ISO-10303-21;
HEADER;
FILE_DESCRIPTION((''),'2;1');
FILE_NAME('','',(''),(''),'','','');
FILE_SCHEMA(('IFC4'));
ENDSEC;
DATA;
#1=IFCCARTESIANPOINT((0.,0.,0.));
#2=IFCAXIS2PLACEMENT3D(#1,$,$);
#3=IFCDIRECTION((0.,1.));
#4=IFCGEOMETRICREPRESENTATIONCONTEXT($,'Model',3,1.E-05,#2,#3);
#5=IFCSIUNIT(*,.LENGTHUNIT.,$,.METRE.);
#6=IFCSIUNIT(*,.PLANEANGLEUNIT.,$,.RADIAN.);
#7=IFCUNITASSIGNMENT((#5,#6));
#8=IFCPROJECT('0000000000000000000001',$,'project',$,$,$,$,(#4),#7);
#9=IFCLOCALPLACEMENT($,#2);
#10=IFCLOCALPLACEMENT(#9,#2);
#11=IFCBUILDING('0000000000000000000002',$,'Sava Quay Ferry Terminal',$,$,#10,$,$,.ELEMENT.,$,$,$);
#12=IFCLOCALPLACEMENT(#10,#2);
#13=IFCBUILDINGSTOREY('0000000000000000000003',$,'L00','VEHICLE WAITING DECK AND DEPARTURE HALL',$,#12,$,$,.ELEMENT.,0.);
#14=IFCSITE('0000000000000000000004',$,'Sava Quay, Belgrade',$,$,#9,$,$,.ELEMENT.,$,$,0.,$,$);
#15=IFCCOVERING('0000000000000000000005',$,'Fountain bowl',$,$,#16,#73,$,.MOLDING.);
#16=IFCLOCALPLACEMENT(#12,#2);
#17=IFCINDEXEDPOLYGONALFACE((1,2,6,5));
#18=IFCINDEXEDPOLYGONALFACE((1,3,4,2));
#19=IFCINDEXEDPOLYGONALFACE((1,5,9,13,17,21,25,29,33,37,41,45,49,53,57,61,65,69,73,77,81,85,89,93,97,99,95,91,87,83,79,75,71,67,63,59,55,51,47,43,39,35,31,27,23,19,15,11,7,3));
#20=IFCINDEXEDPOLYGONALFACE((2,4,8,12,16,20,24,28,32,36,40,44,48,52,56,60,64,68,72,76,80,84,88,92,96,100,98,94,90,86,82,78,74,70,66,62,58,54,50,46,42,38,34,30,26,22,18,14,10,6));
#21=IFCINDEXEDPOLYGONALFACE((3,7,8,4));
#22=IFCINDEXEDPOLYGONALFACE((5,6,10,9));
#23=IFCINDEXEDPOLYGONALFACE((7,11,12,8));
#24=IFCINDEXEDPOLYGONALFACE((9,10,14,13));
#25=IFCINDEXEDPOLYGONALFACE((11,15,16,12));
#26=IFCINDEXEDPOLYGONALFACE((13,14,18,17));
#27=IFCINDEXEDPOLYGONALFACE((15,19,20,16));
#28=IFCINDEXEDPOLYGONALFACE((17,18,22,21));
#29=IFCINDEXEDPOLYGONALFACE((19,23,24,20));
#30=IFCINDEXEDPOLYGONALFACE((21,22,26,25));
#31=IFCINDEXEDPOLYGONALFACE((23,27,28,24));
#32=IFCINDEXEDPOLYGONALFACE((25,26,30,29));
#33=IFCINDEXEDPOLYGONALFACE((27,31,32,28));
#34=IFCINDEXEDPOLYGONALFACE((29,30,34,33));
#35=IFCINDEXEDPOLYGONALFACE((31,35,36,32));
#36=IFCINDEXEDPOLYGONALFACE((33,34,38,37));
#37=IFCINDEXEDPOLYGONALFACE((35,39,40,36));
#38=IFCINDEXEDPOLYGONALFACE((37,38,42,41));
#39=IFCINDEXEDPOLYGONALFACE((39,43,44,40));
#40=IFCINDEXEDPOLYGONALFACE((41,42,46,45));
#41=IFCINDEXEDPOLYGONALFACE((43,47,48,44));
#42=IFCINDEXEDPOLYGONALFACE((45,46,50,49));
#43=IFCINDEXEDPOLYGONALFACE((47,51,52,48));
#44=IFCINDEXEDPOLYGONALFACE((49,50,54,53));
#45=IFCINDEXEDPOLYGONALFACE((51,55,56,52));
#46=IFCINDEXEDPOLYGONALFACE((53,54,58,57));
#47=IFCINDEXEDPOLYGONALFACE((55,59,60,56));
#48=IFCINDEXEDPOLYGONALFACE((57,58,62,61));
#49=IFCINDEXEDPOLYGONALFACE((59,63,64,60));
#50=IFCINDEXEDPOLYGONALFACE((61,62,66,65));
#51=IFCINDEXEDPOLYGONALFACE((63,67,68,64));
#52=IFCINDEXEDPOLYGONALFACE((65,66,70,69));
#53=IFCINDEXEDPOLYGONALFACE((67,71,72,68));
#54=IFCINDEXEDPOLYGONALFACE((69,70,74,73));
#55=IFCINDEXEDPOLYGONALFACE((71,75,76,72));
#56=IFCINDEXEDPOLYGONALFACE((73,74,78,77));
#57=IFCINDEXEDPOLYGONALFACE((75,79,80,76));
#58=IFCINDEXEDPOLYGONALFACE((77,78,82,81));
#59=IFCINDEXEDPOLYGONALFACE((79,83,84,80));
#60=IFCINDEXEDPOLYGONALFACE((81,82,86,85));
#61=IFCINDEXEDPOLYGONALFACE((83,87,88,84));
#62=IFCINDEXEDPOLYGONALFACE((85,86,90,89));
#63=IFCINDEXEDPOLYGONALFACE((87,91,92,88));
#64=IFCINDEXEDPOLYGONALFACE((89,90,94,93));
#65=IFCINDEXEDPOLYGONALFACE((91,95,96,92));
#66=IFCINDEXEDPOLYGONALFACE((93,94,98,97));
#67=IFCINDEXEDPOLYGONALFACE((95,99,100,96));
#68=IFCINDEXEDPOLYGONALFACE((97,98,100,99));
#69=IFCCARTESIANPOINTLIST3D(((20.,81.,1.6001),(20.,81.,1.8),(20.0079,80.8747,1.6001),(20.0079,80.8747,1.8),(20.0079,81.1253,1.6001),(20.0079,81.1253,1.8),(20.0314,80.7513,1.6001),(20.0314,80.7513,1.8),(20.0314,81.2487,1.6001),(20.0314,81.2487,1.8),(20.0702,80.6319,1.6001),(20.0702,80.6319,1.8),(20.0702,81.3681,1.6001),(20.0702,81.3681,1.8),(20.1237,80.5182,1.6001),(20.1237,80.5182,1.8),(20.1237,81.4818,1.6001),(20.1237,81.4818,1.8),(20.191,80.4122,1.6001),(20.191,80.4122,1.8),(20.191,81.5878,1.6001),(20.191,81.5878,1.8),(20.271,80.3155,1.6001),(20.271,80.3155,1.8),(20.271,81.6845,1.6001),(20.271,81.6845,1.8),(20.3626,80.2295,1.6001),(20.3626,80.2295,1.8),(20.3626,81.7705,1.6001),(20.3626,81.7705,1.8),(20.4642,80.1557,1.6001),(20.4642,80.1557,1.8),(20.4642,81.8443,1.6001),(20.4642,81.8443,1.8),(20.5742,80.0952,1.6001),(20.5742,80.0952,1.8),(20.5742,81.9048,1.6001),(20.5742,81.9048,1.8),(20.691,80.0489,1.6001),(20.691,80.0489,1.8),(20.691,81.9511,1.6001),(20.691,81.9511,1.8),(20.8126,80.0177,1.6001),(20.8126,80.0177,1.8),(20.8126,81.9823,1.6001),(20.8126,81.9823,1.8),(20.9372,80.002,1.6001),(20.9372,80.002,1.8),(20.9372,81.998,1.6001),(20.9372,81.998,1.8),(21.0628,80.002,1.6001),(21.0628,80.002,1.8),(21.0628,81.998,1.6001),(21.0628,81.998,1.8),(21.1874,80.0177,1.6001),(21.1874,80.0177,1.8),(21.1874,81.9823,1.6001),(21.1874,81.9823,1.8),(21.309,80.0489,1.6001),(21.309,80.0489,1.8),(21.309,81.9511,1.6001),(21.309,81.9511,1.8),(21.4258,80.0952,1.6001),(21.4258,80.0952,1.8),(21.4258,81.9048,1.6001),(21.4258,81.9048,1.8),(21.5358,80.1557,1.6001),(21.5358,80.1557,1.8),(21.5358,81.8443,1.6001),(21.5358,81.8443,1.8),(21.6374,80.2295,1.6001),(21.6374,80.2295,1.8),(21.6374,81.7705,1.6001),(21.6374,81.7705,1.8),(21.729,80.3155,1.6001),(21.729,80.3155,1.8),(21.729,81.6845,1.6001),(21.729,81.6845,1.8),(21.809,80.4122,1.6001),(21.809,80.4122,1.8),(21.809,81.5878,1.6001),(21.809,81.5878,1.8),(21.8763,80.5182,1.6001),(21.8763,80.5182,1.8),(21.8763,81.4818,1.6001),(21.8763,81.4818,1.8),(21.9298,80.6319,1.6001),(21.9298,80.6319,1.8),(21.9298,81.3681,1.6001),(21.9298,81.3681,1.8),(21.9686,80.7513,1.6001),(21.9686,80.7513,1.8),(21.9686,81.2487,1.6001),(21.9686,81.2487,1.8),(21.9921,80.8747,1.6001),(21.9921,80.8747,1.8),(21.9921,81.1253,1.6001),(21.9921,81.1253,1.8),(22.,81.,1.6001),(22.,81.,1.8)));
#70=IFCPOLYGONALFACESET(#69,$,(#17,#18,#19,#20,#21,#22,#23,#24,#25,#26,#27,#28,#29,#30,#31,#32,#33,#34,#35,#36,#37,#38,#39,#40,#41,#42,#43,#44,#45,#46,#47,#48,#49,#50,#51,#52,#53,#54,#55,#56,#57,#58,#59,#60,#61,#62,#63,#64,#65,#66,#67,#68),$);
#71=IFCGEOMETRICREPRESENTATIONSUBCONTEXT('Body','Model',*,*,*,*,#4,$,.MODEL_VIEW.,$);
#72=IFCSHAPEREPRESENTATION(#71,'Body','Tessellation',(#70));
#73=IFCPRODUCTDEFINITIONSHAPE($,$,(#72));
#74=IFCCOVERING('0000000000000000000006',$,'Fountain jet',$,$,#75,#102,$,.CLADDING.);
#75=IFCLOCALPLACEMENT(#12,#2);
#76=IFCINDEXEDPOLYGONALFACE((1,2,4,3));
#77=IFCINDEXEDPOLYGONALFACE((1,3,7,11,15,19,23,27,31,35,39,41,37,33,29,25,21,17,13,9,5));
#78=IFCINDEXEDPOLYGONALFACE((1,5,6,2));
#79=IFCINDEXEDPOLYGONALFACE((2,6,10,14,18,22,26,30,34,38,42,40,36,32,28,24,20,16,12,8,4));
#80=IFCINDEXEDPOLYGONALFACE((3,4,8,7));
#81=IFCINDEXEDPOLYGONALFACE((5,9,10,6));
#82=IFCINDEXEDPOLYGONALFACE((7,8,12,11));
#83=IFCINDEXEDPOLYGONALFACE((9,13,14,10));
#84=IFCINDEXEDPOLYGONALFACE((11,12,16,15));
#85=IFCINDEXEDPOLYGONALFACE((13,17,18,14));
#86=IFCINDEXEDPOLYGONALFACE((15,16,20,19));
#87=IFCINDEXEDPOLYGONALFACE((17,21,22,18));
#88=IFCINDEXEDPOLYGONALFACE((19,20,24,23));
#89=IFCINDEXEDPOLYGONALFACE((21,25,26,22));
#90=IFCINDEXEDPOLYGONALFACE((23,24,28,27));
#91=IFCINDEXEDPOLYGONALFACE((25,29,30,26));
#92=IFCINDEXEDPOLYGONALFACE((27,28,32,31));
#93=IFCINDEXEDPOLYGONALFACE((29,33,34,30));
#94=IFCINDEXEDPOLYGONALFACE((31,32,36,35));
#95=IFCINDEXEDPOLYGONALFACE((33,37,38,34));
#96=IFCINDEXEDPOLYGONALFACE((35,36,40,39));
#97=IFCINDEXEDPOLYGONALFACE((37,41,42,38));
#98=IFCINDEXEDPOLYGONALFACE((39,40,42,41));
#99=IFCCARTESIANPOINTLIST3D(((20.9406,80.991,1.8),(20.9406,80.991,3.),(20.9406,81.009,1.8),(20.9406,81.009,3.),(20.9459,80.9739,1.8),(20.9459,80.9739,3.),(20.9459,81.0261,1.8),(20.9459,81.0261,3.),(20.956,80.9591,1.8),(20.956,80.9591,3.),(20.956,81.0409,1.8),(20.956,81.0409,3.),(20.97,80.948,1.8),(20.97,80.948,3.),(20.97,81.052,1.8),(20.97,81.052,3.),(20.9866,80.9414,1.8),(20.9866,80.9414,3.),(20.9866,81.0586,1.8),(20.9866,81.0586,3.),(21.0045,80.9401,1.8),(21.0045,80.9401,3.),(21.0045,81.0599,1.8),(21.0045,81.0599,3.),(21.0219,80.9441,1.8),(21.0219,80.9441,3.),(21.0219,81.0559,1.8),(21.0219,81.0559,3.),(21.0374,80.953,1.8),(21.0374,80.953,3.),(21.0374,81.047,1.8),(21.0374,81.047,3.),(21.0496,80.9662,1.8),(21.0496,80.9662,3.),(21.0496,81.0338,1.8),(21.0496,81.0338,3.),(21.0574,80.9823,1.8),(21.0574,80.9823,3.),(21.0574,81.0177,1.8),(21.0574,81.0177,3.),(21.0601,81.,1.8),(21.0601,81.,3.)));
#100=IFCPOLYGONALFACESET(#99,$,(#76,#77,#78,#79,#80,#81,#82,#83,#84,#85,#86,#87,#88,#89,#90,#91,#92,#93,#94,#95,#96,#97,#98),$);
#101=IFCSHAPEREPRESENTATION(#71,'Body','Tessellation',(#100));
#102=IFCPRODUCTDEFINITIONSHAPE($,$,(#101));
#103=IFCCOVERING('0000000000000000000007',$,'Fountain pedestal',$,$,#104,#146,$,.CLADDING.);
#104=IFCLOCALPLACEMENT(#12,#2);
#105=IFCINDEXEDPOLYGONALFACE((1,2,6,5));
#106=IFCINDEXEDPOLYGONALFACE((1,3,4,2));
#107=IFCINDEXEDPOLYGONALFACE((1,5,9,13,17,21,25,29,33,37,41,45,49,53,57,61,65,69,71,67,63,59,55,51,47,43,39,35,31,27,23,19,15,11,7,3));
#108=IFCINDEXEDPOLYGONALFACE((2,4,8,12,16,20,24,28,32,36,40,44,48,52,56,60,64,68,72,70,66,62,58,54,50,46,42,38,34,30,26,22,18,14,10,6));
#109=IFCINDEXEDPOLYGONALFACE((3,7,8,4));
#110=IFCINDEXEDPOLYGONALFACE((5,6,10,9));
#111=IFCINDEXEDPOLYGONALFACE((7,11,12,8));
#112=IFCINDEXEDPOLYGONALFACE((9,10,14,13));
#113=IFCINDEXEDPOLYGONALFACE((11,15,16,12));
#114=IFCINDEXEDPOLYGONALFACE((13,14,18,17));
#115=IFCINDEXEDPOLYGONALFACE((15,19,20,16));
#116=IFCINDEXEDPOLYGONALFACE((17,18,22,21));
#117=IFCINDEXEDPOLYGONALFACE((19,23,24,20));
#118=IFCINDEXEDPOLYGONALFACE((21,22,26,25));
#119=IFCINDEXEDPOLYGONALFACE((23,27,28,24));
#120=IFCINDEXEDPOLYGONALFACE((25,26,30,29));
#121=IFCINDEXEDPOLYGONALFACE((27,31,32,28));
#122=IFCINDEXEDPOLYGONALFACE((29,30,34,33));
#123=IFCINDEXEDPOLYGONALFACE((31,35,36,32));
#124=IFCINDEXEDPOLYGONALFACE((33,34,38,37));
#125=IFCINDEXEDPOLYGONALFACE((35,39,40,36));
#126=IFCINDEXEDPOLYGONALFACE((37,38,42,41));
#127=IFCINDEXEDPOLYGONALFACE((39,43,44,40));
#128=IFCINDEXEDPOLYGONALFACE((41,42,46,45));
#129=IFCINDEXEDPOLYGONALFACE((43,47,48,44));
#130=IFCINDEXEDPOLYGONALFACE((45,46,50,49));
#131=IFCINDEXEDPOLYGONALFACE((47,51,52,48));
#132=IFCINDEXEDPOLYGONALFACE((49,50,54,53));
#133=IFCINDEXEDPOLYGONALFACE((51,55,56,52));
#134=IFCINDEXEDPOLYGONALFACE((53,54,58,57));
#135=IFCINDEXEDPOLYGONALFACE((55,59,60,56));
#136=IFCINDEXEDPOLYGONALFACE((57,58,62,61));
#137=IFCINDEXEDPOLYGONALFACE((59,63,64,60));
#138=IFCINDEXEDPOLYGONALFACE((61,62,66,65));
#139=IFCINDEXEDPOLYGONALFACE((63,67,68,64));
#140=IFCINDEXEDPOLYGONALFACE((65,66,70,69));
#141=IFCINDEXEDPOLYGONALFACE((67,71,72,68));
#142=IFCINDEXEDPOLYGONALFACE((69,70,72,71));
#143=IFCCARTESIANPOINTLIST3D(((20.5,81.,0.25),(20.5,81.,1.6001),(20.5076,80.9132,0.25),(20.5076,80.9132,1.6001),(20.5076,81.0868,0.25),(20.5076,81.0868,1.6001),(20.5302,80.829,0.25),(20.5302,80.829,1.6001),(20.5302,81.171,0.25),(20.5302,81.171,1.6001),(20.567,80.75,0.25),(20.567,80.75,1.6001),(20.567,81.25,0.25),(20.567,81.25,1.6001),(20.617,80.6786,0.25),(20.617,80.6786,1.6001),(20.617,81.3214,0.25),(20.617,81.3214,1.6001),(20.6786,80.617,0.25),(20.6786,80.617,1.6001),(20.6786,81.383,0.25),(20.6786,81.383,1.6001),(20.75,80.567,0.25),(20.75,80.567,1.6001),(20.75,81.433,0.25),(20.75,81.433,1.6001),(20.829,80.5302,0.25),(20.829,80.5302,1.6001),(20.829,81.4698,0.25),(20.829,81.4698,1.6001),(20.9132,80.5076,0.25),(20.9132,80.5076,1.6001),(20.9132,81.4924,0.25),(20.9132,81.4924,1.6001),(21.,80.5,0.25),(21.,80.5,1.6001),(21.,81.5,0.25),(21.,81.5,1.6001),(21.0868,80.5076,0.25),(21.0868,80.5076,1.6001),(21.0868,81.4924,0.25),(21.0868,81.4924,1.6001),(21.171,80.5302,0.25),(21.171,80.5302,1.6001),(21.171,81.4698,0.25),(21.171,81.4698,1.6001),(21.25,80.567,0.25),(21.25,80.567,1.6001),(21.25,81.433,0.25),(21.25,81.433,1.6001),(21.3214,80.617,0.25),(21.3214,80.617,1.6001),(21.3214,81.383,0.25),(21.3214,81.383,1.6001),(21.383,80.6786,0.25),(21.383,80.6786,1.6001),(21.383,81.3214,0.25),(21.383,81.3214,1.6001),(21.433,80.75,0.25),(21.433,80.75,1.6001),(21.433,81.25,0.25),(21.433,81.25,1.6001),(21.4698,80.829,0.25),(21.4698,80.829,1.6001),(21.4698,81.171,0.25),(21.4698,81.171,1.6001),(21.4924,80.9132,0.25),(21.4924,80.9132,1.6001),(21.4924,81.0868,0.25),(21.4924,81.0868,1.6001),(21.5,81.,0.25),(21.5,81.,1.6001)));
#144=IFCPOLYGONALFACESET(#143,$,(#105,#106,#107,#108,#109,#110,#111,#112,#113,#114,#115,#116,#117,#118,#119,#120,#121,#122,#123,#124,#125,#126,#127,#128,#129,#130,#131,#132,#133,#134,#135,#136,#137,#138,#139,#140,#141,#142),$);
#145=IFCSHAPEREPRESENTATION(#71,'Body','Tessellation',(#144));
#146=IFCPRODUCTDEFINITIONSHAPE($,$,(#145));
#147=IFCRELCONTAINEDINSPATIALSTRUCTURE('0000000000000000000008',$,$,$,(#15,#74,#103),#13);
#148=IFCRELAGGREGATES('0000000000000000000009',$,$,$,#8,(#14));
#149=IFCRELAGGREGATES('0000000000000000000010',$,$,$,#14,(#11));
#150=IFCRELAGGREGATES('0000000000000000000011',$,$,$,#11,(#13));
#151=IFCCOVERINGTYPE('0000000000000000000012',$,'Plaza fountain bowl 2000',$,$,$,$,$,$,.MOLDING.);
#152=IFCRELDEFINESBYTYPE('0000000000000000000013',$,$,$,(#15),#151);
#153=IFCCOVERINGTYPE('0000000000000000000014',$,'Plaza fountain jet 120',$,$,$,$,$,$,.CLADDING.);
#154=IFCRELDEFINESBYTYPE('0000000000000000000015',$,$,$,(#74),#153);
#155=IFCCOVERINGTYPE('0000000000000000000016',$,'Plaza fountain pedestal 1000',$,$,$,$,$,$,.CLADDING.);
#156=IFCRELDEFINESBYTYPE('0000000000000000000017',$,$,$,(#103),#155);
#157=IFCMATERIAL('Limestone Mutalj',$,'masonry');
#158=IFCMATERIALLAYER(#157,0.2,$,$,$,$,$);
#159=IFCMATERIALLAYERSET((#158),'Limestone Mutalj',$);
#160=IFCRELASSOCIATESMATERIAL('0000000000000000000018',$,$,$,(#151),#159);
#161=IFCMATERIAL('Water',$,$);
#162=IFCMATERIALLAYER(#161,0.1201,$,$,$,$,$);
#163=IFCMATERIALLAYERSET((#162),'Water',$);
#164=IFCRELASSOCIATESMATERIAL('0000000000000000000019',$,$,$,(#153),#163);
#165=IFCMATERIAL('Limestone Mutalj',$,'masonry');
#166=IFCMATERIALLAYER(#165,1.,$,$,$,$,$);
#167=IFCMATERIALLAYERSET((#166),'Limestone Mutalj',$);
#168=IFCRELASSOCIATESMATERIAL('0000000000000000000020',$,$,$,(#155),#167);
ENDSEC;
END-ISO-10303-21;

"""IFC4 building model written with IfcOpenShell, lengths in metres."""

from ifc_helpers import new_model, si_unit, direction, frame, origin, origin_2d, place, context, subcontext, project, spatial, circle, extrude, material, layer, layer_set, type_object, element, save


model = new_model("IFC4")

# Units and contexts
model_context = context("Model", 3, precision=1e-05, world=origin(), true_north=direction((0.0, 1.0)))
body_context = subcontext(model_context, "Body", "Model", "MODEL_VIEW")
ifc_project = project(units=[si_unit("LENGTHUNIT", "METRE"), si_unit("PLANEANGLEUNIT", "RADIAN")], contexts=[model_context])

# Site, building, storey
site_placement = place(None, origin())
site = spatial("IfcSite", under=ifc_project, at=site_placement, Name="Sava Quay, Belgrade", CompositionType="ELEMENT", RefElevation=0.0)
building_placement = place(site_placement, origin())
building = spatial("IfcBuilding", under=site, at=building_placement, Name="Sava Quay Ferry Terminal", CompositionType="ELEMENT")
storey_placement = place(building_placement, origin())
storey = spatial("IfcBuildingStorey", under=building, at=storey_placement, Name="L00", Description="VEHICLE WAITING DECK AND DEPARTURE HALL", CompositionType="ELEMENT", Elevation=0.0)

# Coverings
ifc_material_1 = material(Name="Limestone Mutalj", Category="masonry")
ifc_layer_1 = layer(ifc_material_1, 0.2)
ifc_layer_set_1 = layer_set([ifc_layer_1], Name="Limestone Mutalj")
covering_type_1 = type_object("IfcCoveringType", Name="Plaza fountain bowl 2000", PredefinedType="MOLDING", material=ifc_layer_set_1)
covering_1_placement = place(storey_placement, frame((21.0, 81.0, 1.8), z_axis=(0.0, 0.0, -1.0), x_axis=(1.0, 0.0, 0.0)))
element("IfcCovering", 1, at=covering_1_placement, inside=storey, type_object=covering_type_1, Name="Fountain bowl", PredefinedType="MOLDING", context=body_context, shape_type="SweptSolid", body=[
    extrude(circle(Radius=1.0, at=origin_2d()), origin(), (0.0, 0.0, 1.0), 0.2),
])
ifc_material_2 = material(Name="Water")
ifc_layer_2 = layer(ifc_material_2, 0.1201)
ifc_layer_set_2 = layer_set([ifc_layer_2], Name="Water")
covering_type_2 = type_object("IfcCoveringType", Name="Plaza fountain jet 120", PredefinedType="CLADDING", material=ifc_layer_set_2)
covering_2_placement = place(storey_placement, frame((21.0, 81.0, 3.0), z_axis=(0.0, 0.0, -1.0), x_axis=(1.0, 0.0, 0.0)))
element("IfcCovering", 2, at=covering_2_placement, inside=storey, type_object=covering_type_2, Name="Fountain jet", PredefinedType="CLADDING", context=body_context, shape_type="SweptSolid", body=[
    extrude(circle(Radius=0.0601, at=origin_2d()), origin(), (0.0, 0.0, 1.0), 1.2),
])
ifc_material_3 = material(Name="Limestone Mutalj", Category="masonry")
ifc_layer_3 = layer(ifc_material_3, 1.0)
ifc_layer_set_3 = layer_set([ifc_layer_3], Name="Limestone Mutalj")
covering_type_3 = type_object("IfcCoveringType", Name="Plaza fountain pedestal 1000", PredefinedType="CLADDING", material=ifc_layer_set_3)
covering_3_placement = place(storey_placement, frame((21.0, 81.0, 1.6001), z_axis=(0.0, 0.0, -1.0), x_axis=(1.0, 0.0, 0.0)))
element("IfcCovering", 3, at=covering_3_placement, inside=storey, type_object=covering_type_3, Name="Fountain pedestal", PredefinedType="CLADDING", context=body_context, shape_type="SweptSolid", body=[
    extrude(circle(Radius=0.5, at=origin_2d()), origin(), (0.0, 0.0, 1.0), 1.3501),
])

save(model, "model.ifc")
